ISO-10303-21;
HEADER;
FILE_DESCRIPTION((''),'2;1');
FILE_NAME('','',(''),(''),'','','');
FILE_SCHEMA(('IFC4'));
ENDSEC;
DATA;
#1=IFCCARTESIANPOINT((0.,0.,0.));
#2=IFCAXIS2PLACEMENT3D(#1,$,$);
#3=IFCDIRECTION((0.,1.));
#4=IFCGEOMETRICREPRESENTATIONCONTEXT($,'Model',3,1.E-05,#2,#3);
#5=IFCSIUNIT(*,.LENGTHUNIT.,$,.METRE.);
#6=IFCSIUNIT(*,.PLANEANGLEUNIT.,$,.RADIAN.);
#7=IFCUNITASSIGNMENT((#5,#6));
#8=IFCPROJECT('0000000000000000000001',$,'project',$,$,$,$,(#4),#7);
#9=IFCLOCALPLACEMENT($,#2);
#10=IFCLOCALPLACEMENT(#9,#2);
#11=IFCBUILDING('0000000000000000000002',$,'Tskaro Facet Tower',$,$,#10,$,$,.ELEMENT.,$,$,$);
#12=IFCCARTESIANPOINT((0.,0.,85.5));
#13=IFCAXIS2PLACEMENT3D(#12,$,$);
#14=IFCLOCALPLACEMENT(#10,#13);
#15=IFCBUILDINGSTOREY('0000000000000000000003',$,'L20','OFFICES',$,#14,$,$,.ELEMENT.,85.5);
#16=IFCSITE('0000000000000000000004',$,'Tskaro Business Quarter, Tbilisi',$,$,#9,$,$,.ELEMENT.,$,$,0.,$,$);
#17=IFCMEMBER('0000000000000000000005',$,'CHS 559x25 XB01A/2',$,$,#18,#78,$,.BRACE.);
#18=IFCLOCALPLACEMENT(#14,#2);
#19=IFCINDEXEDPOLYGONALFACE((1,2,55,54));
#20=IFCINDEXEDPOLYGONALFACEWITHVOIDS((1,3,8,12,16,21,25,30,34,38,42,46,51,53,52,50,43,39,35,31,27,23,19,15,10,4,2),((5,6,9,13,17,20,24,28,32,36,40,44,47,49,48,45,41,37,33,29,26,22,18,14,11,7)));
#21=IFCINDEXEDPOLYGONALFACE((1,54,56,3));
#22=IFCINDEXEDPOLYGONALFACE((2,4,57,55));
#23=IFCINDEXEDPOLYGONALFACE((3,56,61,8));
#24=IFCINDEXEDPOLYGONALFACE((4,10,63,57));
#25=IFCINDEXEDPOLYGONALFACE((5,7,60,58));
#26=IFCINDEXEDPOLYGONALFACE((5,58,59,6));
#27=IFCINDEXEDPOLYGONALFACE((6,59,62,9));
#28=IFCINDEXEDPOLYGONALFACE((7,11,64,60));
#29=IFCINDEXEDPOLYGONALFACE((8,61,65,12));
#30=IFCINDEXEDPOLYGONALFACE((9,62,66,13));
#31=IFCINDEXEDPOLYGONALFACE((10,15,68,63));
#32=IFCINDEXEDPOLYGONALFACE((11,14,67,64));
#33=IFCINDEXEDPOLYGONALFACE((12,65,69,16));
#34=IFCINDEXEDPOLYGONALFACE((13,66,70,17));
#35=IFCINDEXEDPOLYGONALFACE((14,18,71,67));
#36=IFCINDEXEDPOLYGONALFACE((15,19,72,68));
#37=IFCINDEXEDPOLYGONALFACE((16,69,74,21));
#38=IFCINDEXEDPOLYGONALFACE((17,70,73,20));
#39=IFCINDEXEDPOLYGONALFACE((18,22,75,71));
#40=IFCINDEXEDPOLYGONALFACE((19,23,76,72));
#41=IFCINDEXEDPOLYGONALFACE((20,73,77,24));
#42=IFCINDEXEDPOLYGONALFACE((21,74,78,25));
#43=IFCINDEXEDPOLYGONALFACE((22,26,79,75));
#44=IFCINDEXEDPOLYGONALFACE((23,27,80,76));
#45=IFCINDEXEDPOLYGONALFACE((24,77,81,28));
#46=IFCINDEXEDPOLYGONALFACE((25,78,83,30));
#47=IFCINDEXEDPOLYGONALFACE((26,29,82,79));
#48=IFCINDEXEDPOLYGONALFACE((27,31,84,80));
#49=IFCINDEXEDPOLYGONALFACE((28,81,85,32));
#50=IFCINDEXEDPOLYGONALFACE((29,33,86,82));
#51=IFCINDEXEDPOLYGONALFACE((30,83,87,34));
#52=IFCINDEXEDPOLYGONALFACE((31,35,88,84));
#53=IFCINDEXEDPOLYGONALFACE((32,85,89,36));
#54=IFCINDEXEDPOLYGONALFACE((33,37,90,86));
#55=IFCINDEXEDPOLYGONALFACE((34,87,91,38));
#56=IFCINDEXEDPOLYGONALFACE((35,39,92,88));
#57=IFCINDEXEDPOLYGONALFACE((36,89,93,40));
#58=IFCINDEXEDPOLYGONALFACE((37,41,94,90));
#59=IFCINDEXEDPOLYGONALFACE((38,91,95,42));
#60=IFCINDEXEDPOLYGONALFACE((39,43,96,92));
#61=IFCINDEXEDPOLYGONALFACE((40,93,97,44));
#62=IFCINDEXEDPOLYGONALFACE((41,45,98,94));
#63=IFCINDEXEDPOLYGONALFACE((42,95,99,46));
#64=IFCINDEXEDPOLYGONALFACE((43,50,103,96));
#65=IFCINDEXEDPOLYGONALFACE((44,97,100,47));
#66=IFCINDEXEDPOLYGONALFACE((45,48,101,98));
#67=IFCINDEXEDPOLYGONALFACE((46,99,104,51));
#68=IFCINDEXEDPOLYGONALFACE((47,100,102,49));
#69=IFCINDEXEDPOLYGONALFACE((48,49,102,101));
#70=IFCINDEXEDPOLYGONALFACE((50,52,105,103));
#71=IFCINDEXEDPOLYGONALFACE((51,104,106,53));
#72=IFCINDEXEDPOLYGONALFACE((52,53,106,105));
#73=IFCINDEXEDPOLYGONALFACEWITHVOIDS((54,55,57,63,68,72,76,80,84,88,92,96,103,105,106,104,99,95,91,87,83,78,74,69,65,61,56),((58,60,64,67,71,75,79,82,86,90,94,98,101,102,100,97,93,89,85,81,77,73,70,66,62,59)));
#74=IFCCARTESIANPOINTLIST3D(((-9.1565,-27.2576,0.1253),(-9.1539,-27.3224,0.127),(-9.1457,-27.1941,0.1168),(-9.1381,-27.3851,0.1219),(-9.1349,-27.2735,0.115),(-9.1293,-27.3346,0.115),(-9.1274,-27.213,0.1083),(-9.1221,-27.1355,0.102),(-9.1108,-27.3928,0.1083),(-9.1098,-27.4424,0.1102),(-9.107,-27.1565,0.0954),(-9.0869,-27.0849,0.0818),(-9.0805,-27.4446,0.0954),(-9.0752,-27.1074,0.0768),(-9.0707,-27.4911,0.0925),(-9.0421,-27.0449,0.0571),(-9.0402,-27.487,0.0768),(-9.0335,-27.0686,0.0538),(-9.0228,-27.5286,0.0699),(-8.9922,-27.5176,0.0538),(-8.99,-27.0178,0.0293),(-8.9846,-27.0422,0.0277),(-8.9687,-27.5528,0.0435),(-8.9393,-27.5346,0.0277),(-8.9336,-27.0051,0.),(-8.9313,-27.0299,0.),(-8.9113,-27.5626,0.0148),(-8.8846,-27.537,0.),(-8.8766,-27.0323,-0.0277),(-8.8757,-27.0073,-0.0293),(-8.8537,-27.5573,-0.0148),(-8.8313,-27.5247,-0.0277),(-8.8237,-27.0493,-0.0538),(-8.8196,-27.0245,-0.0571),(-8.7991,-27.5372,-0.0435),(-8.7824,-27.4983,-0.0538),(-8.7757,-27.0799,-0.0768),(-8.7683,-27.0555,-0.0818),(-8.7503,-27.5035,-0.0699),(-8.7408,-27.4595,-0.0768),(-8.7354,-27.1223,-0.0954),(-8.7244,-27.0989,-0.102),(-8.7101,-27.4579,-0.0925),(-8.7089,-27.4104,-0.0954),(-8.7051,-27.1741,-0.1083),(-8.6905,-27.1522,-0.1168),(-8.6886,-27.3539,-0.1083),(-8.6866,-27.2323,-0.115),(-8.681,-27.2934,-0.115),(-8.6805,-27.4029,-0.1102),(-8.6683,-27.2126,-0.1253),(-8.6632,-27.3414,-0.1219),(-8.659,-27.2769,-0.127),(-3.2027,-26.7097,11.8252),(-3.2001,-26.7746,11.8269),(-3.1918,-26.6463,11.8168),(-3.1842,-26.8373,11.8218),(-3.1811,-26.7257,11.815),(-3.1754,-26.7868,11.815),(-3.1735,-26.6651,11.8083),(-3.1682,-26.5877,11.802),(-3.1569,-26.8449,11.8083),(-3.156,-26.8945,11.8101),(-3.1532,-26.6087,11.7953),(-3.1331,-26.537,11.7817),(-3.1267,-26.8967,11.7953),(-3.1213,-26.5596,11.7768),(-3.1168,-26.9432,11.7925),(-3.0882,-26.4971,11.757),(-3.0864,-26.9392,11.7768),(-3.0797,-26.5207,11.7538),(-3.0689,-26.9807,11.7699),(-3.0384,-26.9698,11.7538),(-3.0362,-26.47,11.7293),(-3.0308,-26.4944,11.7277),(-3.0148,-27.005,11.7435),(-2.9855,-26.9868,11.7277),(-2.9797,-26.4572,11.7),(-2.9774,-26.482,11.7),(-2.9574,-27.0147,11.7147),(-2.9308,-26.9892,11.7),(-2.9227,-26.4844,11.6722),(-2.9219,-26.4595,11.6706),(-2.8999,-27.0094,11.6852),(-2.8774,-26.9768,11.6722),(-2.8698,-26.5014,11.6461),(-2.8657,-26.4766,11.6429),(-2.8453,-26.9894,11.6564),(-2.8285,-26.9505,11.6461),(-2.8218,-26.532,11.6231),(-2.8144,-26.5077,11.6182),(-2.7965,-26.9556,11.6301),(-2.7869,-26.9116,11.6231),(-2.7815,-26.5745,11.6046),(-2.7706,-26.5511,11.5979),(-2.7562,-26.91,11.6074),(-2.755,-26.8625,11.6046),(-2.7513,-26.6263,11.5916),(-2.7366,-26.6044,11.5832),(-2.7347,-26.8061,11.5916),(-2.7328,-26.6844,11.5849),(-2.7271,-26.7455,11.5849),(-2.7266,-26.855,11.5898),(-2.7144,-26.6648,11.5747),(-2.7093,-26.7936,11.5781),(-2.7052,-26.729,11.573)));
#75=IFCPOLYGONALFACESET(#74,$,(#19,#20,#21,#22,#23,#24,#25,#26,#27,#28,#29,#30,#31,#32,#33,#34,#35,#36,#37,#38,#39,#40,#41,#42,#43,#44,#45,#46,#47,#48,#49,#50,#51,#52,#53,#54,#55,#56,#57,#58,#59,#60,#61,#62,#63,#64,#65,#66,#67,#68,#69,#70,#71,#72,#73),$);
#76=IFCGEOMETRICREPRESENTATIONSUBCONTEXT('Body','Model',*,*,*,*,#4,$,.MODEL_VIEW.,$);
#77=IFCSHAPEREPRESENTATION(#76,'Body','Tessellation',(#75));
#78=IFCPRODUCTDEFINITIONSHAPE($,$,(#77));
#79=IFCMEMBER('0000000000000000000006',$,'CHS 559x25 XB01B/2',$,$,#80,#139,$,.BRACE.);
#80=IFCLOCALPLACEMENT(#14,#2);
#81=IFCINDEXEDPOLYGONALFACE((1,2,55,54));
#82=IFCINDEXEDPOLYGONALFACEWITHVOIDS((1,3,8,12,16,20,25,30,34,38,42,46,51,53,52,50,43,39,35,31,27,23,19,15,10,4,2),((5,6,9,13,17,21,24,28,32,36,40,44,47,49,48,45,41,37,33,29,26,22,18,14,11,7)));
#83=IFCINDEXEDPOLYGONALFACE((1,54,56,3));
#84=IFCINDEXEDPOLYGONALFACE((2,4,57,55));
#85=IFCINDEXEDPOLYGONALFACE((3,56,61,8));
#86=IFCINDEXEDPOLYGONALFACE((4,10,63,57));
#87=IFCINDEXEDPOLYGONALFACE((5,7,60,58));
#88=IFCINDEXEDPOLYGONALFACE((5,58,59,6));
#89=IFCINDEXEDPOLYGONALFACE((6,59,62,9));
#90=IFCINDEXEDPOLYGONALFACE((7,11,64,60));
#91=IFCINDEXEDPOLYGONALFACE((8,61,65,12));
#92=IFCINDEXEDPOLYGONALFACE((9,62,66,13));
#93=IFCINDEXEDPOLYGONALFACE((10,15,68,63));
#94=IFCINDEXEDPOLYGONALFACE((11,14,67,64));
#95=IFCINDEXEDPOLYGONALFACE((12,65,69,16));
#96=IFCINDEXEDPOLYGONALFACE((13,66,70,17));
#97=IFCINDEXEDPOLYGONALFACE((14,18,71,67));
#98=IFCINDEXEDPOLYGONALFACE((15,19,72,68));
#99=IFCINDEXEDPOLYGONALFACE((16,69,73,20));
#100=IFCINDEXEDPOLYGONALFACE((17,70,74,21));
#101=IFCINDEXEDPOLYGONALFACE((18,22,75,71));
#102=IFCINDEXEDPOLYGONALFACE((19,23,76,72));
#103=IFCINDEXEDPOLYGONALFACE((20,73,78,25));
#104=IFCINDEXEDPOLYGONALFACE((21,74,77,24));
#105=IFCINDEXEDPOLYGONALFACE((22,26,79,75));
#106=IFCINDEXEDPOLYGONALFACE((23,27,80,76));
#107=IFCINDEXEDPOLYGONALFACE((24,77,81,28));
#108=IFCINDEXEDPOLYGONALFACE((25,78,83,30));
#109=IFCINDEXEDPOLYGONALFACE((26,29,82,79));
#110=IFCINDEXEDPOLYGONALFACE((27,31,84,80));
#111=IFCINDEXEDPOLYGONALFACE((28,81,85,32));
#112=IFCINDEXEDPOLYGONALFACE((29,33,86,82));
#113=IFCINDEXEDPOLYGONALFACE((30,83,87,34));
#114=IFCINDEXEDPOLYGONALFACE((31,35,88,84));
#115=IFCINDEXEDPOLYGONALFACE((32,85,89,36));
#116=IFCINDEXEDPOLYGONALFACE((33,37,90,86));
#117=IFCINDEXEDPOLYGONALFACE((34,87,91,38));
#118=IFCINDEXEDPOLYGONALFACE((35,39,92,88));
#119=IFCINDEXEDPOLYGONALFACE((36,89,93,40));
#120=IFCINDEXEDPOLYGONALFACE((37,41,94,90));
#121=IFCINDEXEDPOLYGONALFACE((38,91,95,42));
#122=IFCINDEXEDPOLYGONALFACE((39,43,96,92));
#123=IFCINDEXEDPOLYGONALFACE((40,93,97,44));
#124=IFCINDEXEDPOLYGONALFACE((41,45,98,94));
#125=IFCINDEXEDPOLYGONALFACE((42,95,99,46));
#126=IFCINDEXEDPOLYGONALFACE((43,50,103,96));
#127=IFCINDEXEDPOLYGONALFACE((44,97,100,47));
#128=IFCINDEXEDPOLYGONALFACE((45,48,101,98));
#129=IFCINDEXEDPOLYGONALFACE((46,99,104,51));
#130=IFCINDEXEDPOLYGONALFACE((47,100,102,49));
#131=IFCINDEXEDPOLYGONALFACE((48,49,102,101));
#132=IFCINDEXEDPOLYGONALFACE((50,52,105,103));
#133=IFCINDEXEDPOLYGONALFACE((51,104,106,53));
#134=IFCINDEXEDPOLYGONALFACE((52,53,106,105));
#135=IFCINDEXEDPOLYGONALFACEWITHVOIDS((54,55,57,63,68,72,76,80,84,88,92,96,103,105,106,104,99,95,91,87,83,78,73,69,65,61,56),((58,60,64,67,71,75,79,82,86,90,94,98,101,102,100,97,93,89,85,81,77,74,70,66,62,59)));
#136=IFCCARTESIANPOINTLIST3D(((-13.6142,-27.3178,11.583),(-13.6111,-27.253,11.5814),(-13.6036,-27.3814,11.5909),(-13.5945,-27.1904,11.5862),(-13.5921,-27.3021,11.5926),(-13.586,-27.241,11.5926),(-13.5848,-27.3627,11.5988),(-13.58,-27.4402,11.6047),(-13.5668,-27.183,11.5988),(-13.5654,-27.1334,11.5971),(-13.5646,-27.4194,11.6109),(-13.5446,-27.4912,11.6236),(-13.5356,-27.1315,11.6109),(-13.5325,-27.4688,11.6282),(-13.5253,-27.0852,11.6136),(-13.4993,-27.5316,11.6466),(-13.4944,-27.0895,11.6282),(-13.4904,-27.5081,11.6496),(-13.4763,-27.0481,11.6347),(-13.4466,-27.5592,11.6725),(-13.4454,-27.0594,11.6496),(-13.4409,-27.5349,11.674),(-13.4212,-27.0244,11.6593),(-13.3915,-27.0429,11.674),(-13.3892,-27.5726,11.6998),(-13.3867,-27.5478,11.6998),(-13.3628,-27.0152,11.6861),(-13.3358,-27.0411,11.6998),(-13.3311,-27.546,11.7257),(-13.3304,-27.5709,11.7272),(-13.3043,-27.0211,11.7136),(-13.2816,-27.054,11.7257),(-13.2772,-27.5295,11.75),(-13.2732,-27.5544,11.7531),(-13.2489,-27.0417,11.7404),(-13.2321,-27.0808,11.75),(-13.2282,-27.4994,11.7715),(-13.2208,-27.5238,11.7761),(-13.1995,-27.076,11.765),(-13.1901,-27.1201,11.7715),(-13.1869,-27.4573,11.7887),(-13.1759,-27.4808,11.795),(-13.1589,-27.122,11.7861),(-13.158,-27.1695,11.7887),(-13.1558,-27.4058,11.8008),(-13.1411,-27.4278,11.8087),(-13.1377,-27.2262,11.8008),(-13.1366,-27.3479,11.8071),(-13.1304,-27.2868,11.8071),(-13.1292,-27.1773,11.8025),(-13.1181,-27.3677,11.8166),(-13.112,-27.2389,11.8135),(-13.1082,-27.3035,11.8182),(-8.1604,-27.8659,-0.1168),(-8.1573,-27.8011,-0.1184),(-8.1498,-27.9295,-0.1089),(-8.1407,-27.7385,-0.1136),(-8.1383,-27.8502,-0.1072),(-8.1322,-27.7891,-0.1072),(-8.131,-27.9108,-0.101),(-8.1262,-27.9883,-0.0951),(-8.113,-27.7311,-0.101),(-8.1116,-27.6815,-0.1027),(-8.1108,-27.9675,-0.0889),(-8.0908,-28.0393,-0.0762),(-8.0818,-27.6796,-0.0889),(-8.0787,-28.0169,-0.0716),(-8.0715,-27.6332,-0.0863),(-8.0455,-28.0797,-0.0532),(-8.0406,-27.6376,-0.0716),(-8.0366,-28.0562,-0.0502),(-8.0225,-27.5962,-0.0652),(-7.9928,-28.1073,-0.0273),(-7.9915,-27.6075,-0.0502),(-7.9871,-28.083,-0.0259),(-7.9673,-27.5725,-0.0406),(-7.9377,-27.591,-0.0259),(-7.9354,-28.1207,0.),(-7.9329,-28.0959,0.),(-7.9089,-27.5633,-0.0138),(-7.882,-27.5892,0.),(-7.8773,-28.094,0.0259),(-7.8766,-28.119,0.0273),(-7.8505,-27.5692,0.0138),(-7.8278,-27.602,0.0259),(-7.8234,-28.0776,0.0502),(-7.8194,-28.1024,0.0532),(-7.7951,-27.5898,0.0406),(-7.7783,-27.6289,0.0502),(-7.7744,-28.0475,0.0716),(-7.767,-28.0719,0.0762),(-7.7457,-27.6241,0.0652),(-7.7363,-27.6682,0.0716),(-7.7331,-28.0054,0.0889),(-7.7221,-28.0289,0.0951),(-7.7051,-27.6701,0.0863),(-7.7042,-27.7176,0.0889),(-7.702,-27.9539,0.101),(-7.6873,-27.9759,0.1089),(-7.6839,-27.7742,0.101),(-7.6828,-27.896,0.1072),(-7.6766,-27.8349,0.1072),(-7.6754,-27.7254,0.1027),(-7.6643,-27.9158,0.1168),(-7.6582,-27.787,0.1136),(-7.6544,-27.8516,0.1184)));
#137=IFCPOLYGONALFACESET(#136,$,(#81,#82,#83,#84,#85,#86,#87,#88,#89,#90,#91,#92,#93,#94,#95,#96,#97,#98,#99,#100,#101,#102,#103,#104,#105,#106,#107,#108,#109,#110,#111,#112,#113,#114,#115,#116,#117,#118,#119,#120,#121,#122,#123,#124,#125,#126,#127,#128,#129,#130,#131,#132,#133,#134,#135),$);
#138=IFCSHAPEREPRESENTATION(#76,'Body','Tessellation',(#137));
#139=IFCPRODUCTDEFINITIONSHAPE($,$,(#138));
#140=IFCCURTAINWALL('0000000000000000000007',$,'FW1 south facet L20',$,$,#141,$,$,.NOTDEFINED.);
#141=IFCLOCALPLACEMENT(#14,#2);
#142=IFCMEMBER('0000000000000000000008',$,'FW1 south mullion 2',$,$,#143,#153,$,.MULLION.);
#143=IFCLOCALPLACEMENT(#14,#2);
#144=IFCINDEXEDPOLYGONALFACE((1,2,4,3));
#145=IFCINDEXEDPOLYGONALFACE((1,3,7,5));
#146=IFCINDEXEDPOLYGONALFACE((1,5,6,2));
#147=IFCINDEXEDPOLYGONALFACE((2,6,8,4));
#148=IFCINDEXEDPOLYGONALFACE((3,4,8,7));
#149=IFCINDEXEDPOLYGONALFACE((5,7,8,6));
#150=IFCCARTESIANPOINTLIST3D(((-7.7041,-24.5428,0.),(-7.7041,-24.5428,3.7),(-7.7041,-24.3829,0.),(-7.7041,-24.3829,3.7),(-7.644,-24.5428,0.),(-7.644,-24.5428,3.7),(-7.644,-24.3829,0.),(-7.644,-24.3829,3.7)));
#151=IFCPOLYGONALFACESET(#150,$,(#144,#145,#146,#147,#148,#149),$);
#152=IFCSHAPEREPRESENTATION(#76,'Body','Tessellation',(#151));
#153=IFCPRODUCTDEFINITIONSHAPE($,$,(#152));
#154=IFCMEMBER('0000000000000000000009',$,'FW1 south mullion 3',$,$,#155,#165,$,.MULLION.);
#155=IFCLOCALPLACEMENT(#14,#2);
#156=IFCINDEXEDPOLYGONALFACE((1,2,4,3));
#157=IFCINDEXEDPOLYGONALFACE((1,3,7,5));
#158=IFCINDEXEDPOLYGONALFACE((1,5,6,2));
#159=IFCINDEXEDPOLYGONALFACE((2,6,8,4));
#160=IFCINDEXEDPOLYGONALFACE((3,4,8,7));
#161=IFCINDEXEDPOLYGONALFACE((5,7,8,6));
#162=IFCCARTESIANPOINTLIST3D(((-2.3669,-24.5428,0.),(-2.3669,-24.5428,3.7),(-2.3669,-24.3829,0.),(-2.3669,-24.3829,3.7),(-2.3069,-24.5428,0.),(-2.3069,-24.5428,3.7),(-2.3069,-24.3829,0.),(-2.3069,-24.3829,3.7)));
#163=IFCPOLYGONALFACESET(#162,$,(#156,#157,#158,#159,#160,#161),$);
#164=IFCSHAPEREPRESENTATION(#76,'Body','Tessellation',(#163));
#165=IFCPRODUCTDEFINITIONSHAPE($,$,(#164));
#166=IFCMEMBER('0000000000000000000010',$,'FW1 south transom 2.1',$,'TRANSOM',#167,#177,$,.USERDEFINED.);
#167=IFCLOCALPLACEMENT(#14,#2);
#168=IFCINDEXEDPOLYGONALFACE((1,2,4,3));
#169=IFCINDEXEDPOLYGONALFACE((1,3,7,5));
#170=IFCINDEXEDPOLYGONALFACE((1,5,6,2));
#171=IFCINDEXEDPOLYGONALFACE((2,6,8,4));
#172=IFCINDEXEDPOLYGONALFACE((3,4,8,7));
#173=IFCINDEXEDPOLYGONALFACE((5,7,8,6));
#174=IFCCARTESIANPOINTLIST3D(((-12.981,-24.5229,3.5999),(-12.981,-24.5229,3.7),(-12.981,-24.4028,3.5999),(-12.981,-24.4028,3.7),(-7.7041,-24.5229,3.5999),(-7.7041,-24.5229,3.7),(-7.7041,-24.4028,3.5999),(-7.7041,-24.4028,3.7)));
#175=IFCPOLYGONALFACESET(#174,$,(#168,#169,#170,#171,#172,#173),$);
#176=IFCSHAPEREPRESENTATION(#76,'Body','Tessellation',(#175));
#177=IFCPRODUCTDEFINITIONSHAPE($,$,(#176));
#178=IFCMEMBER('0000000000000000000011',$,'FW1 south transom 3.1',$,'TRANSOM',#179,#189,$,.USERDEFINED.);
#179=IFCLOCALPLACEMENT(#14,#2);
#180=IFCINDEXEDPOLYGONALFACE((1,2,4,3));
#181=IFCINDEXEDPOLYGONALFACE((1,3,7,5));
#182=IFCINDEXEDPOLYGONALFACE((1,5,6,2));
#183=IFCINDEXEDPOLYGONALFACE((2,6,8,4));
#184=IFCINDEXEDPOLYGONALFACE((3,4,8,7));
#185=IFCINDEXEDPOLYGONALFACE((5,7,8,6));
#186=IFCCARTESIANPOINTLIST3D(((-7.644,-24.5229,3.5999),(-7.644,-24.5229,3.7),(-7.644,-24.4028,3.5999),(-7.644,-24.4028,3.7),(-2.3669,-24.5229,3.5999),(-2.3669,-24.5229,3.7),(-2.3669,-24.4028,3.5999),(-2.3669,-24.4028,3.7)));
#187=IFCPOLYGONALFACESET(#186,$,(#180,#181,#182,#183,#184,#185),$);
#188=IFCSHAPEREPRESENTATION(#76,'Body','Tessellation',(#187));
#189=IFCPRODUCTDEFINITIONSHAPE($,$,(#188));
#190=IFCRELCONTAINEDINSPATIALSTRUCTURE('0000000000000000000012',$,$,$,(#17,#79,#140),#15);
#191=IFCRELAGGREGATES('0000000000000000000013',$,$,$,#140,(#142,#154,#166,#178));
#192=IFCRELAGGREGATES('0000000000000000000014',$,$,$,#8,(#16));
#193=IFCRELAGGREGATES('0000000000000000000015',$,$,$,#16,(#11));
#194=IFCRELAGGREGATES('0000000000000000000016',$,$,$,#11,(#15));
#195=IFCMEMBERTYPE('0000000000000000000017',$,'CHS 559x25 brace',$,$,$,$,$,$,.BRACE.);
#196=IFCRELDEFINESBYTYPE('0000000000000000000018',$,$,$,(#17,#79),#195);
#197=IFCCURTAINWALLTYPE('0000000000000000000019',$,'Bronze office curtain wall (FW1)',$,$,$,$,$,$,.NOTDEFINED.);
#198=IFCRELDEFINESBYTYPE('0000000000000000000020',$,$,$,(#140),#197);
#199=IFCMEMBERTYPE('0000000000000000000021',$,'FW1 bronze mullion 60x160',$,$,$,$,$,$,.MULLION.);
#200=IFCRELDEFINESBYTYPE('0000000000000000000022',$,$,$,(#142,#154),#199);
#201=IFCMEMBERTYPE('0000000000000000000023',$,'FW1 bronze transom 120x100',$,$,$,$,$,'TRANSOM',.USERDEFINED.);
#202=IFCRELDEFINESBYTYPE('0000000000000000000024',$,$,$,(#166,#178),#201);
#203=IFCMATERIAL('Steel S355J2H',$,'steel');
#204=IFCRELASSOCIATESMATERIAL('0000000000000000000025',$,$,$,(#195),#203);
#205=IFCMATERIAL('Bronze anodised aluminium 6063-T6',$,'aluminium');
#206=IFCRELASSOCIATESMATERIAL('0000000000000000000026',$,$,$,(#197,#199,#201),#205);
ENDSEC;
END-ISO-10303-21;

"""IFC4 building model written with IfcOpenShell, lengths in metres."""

from ifc_helpers import new_model, si_unit, direction, frame, origin, origin_2d, place, context, subcontext, project, spatial, rectangle, hollow_circle, extrude, material, material_profile, profile_set, type_object, element, aggregate, save


model = new_model("IFC4")

# Units and contexts
model_context = context("Model", 3, precision=1e-05, world=origin(), true_north=direction((0.0, 1.0)))
body_context = subcontext(model_context, "Body", "Model", "MODEL_VIEW")
ifc_project = project(units=[si_unit("LENGTHUNIT", "METRE"), si_unit("PLANEANGLEUNIT", "RADIAN")], contexts=[model_context])

# Site, building, storey
site_placement = place(None, origin())
site = spatial("IfcSite", under=ifc_project, at=site_placement, Name="Tskaro Business Quarter, Tbilisi", CompositionType="ELEMENT", RefElevation=0.0)
building_placement = place(site_placement, origin())
building = spatial("IfcBuilding", under=site, at=building_placement, Name="Tskaro Facet Tower", CompositionType="ELEMENT")
storey_placement = place(building_placement, frame((0.0, 0.0, 85.5)))
storey = spatial("IfcBuildingStorey", under=building, at=storey_placement, Name="L20", Description="OFFICES", CompositionType="ELEMENT", Elevation=85.5)

# Shared definitions
ifc_material_1 = material(Name="Steel S355J2H", Category="steel")

# Members
ifc_material_profile_1 = material_profile(ifc_material_1, hollow_circle(Radius=0.2795, WallThickness=0.0249, at=origin_2d()), Name="CHS 559x25")
ifc_profile_set_1 = profile_set([ifc_material_profile_1], Name="Steel S355J2H")
member_type_1 = type_object("IfcMemberType", Name="CHS 559x25 brace", PredefinedType="BRACE", material=ifc_profile_set_1)
member_1_placement = place(storey_placement, frame((-8.908, -27.2834, 0.0), z_axis=(0.453139, 0.041696, 0.890464), x_axis=(-0.091629, 0.995793, 0.0)))
element("IfcMember", 1, at=member_1_placement, inside=storey, type_object=member_type_1, Name="CHS 559x25 XB01A/2", PredefinedType="BRACE", context=body_context, shape_type="SweptSolid", body=[
    extrude(hollow_circle(Radius=0.2795, WallThickness=0.0249, at=origin_2d()), origin(), (0.0, 0.0, 1.0), 13.1392),
])
member_2_placement = place(storey_placement, frame((-7.9075, -27.8425, 0.0), z_axis=(-0.422116, 0.042421, 0.905549), x_axis=(-0.099993, -0.994988, 0.0)))
element("IfcMember", 2, at=member_2_placement, inside=storey, type_object=member_type_1, Name="CHS 559x25 XB01B/2", PredefinedType="BRACE", context=body_context, shape_type="SweptSolid", body=[
    extrude(hollow_circle(Radius=0.2795, WallThickness=0.0249, at=origin_2d()), origin(), (0.0, 0.0, 1.0), 12.9202),
])

# Curtain wall, members
ifc_material_2 = material(Name="Bronze anodised aluminium 6063-T6", Category="aluminium")
curtain_wall_type = type_object("IfcCurtainWallType", Name="Bronze office curtain wall (FW1)", PredefinedType="NOTDEFINED", material=ifc_material_2)
curtain_wall_placement = place(storey_placement, origin())
curtain_wall = element("IfcCurtainWall", 3, at=curtain_wall_placement, inside=storey, type_object=curtain_wall_type, Name="FW1 south facet L20", PredefinedType="NOTDEFINED")
ifc_material_profile_2 = material_profile(ifc_material_2, rectangle(XDim=0.0601, YDim=0.1599, at=origin_2d()), Name="Mullion 60x160")
ifc_profile_set_2 = profile_set([ifc_material_profile_2], Name="Bronze anodised aluminium 6063-T6")
member_type_2 = type_object("IfcMemberType", Name="FW1 bronze mullion 60x160", PredefinedType="MULLION", material=ifc_profile_set_2)
member_3_placement = place(storey_placement, frame((-7.6741, -24.4629, 0.0), z_axis=(0.0, 0.0, 1.0), x_axis=(1.0, 0.0, 0.0)))
member_3 = element("IfcMember", 4, at=member_3_placement, type_object=member_type_2, Name="FW1 south mullion 2", PredefinedType="MULLION", context=body_context, shape_type="SweptSolid", body=[
    extrude(rectangle(XDim=0.0601, YDim=0.1599, at=origin_2d()), origin(), (0.0, 0.0, 1.0), 3.7),
])
member_4_placement = place(storey_placement, frame((-2.3369, -24.4629, 0.0), z_axis=(0.0, 0.0, 1.0), x_axis=(1.0, 0.0, 0.0)))
member_4 = element("IfcMember", 5, at=member_4_placement, type_object=member_type_2, Name="FW1 south mullion 3", PredefinedType="MULLION", context=body_context, shape_type="SweptSolid", body=[
    extrude(rectangle(XDim=0.0601, YDim=0.1599, at=origin_2d()), origin(), (0.0, 0.0, 1.0), 3.7),
])
ifc_material_profile_3 = material_profile(ifc_material_2, rectangle(XDim=0.1201, YDim=0.1001, at=origin_2d()), Name="Transom 120x100")
ifc_profile_set_3 = profile_set([ifc_material_profile_3], Name="Bronze anodised aluminium 6063-T6")
member_type_3 = type_object("IfcMemberType", Name="FW1 bronze transom 120x100", ElementType="TRANSOM", PredefinedType="USERDEFINED", material=ifc_profile_set_3)
member_5_placement = place(storey_placement, frame((-12.981, -24.4629, 3.6499), z_axis=(1.0, 0.0, 0.0), x_axis=(0.0, 1.0, 0.0)))
member_5 = element("IfcMember", 6, at=member_5_placement, type_object=member_type_3, Name="FW1 south transom 2.1", ObjectType="TRANSOM", PredefinedType="USERDEFINED", context=body_context, shape_type="SweptSolid", body=[
    extrude(rectangle(XDim=0.1201, YDim=0.1001, at=origin_2d()), origin(), (0.0, 0.0, 1.0), 5.2769),
])
member_6_placement = place(storey_placement, frame((-7.644, -24.4629, 3.6499), z_axis=(1.0, 0.0, 0.0), x_axis=(0.0, 1.0, 0.0)))
member_6 = element("IfcMember", 7, at=member_6_placement, type_object=member_type_3, Name="FW1 south transom 3.1", ObjectType="TRANSOM", PredefinedType="USERDEFINED", context=body_context, shape_type="SweptSolid", body=[
    extrude(rectangle(XDim=0.1201, YDim=0.1001, at=origin_2d()), origin(), (0.0, 0.0, 1.0), 5.2771),
])

aggregate(curtain_wall, [member_3, member_4, member_5, member_6])

save(model, "model.ifc")
